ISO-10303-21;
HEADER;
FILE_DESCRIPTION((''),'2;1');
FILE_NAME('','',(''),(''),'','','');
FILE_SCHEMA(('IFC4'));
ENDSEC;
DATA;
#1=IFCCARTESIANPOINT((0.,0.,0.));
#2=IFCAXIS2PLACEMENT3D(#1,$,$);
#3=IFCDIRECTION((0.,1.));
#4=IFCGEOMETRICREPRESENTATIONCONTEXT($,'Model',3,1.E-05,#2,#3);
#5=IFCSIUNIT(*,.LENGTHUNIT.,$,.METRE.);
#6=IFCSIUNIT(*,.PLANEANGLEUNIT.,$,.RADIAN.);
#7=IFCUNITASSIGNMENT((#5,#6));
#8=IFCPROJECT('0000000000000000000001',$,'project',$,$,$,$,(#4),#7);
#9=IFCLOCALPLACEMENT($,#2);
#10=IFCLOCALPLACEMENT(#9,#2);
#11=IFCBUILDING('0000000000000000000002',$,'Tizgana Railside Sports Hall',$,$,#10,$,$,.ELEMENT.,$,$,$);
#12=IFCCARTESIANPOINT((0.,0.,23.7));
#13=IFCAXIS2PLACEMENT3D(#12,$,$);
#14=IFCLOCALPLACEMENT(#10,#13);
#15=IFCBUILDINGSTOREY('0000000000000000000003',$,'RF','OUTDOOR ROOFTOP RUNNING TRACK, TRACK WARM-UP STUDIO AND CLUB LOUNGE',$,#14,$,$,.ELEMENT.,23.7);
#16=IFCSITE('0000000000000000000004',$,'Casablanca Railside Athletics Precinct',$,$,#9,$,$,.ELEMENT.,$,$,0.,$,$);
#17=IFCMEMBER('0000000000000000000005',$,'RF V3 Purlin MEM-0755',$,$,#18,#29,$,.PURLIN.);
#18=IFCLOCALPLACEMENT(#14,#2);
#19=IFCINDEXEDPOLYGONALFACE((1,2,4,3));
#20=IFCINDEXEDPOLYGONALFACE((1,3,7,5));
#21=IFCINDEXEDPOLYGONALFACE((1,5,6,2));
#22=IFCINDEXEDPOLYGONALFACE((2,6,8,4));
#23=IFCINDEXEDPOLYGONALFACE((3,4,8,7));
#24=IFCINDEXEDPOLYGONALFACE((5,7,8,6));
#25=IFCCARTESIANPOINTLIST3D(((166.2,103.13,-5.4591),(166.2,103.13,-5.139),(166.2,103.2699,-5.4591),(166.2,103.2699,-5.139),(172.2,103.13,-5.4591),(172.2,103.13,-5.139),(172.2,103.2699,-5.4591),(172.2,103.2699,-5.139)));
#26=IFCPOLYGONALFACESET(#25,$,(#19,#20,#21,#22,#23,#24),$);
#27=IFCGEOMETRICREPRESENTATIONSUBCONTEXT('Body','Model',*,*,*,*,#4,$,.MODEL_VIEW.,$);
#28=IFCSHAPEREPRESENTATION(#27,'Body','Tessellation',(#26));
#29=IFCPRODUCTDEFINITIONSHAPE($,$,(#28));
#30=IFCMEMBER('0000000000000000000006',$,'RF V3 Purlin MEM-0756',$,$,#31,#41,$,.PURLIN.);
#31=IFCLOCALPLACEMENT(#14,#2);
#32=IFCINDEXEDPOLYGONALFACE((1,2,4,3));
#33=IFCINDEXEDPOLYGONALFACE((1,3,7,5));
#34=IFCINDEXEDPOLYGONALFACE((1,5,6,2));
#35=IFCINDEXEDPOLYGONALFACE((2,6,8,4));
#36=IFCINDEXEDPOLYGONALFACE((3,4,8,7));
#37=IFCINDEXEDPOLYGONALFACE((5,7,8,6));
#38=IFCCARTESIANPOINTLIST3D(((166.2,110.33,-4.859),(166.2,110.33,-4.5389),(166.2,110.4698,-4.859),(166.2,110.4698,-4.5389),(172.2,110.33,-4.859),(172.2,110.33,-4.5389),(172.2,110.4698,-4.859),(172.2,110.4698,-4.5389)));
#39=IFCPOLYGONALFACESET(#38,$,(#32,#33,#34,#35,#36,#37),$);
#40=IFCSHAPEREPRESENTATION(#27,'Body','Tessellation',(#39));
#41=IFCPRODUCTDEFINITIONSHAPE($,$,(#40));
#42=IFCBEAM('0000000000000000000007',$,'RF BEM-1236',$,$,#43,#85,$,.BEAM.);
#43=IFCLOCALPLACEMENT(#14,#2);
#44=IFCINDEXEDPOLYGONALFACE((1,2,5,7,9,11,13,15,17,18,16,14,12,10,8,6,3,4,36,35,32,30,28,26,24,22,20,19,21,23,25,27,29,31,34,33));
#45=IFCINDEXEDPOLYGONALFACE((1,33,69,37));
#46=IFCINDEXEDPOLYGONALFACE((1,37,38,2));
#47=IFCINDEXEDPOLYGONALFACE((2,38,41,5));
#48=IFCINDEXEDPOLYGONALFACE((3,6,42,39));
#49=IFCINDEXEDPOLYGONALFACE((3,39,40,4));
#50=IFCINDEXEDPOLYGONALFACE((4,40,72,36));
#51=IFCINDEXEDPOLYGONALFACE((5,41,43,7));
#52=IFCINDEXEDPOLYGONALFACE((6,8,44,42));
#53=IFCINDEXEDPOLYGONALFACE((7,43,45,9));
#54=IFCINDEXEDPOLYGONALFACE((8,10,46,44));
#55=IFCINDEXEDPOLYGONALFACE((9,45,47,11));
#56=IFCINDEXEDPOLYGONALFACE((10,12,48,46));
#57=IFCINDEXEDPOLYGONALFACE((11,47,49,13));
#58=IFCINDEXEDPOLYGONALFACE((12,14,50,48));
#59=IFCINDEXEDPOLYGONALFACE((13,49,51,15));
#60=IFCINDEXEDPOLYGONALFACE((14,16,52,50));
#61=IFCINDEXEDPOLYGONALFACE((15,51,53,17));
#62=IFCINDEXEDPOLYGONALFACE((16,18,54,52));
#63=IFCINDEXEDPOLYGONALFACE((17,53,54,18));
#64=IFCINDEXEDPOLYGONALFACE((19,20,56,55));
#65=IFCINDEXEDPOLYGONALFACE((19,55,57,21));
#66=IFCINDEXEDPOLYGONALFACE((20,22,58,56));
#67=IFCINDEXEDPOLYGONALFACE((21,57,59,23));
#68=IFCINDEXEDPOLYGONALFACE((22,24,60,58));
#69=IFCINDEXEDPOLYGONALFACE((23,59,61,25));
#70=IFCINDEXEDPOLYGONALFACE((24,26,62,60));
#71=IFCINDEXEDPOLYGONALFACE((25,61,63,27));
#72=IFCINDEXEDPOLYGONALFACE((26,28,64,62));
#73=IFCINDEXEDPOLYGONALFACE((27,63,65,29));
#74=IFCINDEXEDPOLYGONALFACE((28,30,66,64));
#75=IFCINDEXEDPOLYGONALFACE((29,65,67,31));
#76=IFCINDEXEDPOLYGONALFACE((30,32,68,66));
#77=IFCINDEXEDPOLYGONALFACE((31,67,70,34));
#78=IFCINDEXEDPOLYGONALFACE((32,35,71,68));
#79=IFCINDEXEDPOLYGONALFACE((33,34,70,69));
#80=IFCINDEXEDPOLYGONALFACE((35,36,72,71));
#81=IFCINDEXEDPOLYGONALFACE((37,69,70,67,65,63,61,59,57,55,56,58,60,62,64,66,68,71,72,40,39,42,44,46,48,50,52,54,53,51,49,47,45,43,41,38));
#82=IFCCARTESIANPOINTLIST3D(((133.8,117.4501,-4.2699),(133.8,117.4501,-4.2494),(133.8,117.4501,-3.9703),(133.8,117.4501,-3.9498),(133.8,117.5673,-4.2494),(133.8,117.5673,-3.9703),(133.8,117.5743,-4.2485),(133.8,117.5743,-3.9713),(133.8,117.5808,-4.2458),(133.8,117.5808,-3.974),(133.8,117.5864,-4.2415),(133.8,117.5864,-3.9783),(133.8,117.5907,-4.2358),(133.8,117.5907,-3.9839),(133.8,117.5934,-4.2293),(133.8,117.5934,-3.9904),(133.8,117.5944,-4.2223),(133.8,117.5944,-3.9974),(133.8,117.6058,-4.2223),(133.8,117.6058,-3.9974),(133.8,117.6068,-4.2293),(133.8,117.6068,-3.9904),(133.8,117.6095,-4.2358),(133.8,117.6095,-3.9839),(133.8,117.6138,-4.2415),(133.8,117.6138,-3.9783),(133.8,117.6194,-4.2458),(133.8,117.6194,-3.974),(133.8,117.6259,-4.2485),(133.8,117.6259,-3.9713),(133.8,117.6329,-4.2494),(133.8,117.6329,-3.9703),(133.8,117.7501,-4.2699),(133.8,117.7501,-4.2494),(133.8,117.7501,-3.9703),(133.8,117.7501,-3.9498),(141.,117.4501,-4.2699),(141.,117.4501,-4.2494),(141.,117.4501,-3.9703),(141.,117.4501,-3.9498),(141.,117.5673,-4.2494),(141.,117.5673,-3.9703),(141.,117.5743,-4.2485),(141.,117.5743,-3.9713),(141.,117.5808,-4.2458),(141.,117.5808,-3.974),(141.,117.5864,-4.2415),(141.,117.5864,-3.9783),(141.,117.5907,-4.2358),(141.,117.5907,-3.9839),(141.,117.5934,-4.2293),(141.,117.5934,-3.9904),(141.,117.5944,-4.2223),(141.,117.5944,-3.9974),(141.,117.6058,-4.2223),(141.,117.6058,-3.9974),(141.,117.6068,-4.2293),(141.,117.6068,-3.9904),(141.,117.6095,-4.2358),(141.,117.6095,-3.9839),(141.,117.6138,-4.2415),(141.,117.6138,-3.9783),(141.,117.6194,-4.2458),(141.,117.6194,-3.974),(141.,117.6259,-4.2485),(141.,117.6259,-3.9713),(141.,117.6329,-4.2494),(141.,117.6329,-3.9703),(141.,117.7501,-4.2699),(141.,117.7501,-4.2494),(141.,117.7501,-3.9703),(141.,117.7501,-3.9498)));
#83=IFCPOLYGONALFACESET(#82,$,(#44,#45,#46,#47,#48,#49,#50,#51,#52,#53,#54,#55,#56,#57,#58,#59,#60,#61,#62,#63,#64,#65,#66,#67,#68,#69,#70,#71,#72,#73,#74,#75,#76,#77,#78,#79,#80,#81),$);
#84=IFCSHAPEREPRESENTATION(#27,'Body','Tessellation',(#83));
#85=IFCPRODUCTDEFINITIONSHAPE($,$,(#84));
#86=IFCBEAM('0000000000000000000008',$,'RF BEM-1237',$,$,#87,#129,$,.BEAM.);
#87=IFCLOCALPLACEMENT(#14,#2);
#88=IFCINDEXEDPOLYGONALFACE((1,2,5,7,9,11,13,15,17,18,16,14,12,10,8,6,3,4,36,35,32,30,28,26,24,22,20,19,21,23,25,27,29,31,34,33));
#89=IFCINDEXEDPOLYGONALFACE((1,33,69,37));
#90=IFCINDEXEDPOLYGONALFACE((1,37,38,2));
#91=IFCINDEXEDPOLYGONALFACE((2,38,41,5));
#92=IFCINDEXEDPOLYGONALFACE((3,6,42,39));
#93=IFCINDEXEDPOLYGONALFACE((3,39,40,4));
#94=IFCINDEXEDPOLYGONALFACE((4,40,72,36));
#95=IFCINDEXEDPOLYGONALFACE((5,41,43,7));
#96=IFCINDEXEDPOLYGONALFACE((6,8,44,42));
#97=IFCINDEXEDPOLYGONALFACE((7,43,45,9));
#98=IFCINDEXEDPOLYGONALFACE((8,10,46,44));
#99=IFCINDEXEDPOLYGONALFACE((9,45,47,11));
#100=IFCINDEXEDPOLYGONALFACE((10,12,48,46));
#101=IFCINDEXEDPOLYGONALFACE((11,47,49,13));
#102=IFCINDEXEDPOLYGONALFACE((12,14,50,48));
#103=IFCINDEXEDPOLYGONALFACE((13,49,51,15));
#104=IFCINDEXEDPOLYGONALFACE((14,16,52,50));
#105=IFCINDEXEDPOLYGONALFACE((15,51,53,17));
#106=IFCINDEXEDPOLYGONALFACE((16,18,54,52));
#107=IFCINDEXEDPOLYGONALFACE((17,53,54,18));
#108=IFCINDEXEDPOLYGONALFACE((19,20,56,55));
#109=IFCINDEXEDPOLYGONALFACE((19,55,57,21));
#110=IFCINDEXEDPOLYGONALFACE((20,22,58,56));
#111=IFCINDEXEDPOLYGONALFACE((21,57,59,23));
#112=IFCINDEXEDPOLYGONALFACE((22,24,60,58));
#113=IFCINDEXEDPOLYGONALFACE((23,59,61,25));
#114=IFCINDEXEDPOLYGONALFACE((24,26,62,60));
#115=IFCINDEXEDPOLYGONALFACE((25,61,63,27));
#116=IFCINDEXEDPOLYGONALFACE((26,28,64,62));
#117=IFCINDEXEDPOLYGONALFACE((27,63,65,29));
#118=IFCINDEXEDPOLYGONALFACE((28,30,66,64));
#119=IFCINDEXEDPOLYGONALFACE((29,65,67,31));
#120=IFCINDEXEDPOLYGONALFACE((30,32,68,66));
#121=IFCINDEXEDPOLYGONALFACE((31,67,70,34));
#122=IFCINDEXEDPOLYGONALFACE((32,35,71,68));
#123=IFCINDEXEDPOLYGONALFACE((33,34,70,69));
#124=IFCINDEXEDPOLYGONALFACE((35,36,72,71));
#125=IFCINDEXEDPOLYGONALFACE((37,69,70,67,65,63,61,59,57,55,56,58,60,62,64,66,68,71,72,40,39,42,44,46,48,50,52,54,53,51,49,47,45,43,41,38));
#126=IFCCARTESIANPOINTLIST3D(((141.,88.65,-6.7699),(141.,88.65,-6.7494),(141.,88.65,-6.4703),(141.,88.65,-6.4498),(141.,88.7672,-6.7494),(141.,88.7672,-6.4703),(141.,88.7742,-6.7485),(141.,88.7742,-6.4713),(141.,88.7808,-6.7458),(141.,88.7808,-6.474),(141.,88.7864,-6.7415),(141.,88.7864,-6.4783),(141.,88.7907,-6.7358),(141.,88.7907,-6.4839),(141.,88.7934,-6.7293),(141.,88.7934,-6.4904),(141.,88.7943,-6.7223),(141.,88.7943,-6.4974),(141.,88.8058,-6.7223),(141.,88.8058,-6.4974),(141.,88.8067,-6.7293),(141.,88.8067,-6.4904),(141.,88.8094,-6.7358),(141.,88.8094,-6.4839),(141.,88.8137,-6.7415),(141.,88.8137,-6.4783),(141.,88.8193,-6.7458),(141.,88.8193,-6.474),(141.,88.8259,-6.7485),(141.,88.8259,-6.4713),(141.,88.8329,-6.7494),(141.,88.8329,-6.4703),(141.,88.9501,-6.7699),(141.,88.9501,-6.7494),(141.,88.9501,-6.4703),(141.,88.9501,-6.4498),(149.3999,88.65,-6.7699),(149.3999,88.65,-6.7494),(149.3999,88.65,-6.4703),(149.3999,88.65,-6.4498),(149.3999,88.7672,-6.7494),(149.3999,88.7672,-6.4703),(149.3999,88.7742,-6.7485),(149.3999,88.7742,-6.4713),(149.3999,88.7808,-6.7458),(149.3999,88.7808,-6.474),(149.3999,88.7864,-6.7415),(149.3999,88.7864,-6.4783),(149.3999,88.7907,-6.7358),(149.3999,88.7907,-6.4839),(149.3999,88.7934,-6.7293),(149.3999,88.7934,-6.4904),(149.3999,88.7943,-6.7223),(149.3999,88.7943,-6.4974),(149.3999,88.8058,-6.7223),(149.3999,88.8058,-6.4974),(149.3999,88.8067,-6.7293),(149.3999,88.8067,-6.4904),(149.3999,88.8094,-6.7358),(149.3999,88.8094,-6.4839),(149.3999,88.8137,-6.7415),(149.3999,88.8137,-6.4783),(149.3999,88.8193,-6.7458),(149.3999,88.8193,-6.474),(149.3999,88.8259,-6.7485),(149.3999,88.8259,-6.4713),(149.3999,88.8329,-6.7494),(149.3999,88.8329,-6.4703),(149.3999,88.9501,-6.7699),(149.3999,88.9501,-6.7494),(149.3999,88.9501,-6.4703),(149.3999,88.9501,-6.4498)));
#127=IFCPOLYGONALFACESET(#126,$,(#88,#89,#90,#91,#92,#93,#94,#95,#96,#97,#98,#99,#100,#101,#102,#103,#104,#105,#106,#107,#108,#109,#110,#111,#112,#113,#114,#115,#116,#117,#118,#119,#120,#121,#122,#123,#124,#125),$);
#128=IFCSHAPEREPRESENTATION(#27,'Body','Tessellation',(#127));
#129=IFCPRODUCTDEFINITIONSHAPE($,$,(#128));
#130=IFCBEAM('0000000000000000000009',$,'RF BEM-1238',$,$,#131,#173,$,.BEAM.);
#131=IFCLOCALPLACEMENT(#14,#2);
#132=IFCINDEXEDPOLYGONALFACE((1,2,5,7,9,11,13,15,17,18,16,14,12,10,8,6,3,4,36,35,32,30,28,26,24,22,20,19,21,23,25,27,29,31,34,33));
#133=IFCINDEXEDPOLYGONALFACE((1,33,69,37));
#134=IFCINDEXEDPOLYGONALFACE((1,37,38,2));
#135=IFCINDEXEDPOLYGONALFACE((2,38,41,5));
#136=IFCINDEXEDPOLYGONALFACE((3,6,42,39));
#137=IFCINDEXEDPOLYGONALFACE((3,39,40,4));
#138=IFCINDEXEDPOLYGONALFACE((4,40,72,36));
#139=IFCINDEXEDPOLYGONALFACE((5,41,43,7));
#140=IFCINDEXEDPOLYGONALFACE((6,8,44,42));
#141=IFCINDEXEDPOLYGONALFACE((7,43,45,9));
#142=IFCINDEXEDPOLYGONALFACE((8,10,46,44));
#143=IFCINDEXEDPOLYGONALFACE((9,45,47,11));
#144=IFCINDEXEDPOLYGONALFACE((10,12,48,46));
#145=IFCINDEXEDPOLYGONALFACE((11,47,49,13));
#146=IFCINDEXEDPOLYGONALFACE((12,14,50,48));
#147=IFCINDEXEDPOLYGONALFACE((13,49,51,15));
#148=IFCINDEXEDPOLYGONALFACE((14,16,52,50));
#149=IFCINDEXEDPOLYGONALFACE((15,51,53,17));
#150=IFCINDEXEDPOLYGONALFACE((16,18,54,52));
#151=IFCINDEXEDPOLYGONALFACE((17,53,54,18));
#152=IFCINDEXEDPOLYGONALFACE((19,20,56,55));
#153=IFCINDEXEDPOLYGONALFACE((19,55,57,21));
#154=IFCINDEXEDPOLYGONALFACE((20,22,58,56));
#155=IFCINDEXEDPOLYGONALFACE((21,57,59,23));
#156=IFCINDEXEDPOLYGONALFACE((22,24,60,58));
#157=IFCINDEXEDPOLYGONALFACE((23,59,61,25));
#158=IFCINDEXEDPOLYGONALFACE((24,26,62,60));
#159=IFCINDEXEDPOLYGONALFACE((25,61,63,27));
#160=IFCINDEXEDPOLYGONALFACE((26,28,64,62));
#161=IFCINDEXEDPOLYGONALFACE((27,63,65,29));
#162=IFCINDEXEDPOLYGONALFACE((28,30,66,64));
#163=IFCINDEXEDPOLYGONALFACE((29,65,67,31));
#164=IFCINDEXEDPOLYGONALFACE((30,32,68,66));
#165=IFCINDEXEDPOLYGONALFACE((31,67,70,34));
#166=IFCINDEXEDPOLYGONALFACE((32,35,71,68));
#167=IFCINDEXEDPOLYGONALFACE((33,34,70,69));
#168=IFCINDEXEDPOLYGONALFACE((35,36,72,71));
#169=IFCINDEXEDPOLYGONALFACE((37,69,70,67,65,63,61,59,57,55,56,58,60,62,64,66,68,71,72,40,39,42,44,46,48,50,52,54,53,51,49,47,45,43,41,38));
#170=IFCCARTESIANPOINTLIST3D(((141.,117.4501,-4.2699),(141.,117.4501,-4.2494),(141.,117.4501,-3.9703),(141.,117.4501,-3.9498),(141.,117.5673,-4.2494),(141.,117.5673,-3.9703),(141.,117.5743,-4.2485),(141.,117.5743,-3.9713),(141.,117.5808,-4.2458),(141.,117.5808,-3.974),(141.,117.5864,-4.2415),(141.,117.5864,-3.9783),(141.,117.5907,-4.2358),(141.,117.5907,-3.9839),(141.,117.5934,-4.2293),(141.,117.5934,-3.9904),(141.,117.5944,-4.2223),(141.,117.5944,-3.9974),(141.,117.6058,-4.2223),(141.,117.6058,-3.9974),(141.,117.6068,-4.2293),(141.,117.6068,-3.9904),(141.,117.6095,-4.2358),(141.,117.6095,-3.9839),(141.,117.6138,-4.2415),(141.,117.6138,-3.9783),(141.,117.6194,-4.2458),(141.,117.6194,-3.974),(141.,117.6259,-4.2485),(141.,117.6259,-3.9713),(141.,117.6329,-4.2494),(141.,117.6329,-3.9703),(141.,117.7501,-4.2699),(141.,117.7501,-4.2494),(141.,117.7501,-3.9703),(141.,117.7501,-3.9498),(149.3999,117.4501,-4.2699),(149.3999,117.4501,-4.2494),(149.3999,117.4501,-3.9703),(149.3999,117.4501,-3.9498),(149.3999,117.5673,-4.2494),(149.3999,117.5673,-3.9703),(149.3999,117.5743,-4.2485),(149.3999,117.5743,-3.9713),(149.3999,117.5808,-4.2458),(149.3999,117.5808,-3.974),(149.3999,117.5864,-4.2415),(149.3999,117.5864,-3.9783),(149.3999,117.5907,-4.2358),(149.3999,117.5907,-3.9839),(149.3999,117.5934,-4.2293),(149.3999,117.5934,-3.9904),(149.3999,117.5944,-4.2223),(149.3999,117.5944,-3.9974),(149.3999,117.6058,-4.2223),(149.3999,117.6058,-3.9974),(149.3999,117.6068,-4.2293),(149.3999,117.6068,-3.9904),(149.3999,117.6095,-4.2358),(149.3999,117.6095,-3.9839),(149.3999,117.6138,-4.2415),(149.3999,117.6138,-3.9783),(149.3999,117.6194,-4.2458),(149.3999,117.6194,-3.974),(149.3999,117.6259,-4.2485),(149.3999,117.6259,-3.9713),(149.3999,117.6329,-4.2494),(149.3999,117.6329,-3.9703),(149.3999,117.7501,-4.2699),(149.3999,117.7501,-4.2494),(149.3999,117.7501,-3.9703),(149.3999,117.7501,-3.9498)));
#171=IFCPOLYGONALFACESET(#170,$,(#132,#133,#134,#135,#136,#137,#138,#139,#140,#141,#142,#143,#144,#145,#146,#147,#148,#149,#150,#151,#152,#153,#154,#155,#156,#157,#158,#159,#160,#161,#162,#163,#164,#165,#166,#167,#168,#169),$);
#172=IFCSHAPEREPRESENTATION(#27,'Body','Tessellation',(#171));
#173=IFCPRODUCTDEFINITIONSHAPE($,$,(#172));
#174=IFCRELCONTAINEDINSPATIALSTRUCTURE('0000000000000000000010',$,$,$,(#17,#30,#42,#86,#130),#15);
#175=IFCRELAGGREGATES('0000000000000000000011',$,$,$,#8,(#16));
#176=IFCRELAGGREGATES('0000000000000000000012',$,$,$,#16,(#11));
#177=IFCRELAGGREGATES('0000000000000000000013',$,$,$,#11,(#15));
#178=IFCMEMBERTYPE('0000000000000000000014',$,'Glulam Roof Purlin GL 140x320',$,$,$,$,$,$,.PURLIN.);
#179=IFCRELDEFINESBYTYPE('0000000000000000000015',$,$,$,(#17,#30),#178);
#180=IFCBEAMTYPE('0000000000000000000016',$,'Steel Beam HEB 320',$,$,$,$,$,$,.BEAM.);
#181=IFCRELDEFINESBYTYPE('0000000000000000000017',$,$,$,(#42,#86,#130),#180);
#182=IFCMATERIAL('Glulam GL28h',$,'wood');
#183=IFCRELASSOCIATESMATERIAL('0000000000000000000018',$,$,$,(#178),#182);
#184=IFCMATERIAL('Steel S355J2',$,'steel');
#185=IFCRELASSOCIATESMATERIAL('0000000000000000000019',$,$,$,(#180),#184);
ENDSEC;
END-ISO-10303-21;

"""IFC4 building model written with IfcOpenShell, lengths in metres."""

from ifc_helpers import new_model, si_unit, direction, frame, origin, origin_2d, place, context, subcontext, project, spatial, rectangle, i_section, extrude, material, material_profile, profile_set, type_object, element, save


model = new_model("IFC4")

# Units and contexts
model_context = context("Model", 3, precision=1e-05, world=origin(), true_north=direction((0.0, 1.0)))
body_context = subcontext(model_context, "Body", "Model", "MODEL_VIEW")
ifc_project = project(units=[si_unit("LENGTHUNIT", "METRE"), si_unit("PLANEANGLEUNIT", "RADIAN")], contexts=[model_context])

# Site, building, storey
site_placement = place(None, origin())
site = spatial("IfcSite", under=ifc_project, at=site_placement, Name="Casablanca Railside Athletics Precinct", CompositionType="ELEMENT", RefElevation=0.0)
building_placement = place(site_placement, origin())
building = spatial("IfcBuilding", under=site, at=building_placement, Name="Tizgana Railside Sports Hall", CompositionType="ELEMENT")
storey_placement = place(building_placement, frame((0.0, 0.0, 23.7)))
storey = spatial("IfcBuildingStorey", under=building, at=storey_placement, Name="RF", Description="OUTDOOR ROOFTOP RUNNING TRACK, TRACK WARM-UP STUDIO AND CLUB LOUNGE", CompositionType="ELEMENT", Elevation=23.7)

# Members
ifc_material_1 = material(Name="Glulam GL28h", Category="wood")
ifc_material_profile_1 = material_profile(ifc_material_1, rectangle(XDim=0.1399, YDim=0.3201, at=origin_2d()), Name="GL 140x320")
ifc_profile_set_1 = profile_set([ifc_material_profile_1], Name="Glulam GL28h")
member_type_1 = type_object("IfcMemberType", Name="Glulam Roof Purlin GL 140x320", PredefinedType="PURLIN", material=ifc_profile_set_1)
for number, where, z_axis, x_axis, name in (
    (1, (166.2, 103.2, -5.2991), (1.0, 0.0, 0.0), (0.0, 1.0, 0.0), "RF V3 Purlin MEM-0755"),
    (2, (166.2, 110.3999, -4.699), (1.0, 0.0, 0.0), (0.0, 1.0, 0.0), "RF V3 Purlin MEM-0756"),
):
    element("IfcMember", number, at=place(storey_placement, frame(where, z_axis=z_axis, x_axis=x_axis)), inside=storey, type_object=member_type_1, Name=name, PredefinedType="PURLIN", context=body_context, shape_type="SweptSolid", body=[
        extrude(rectangle(XDim=0.1399, YDim=0.3201, at=origin_2d()), origin(), (0.0, 0.0, 1.0), 6.0),
    ])

# Beams
ifc_material_2 = material(Name="Steel S355J2", Category="steel")
ifc_material_profile_2 = material_profile(ifc_material_2, i_section(OverallWidth=0.3, OverallDepth=0.3201, WebThickness=0.0115, FlangeThickness=0.0205, FilletRadius=0.0271, at=origin_2d()), Name="HEB 320")
ifc_profile_set_2 = profile_set([ifc_material_profile_2], Name="Steel S355J2")
beam_type = type_object("IfcBeamType", Name="Steel Beam HEB 320", PredefinedType="BEAM", material=ifc_profile_set_2)
beam_placement = place(storey_placement, frame((133.8, 117.6001, -4.1099), z_axis=(1.0, 0.0, 0.0), x_axis=(0.0, 1.0, 0.0)))
element("IfcBeam", 3, at=beam_placement, inside=storey, type_object=beam_type, Name="RF BEM-1236", PredefinedType="BEAM", context=body_context, shape_type="SweptSolid", body=[
    extrude(i_section(OverallWidth=0.3, OverallDepth=0.3201, WebThickness=0.0115, FlangeThickness=0.0205, FilletRadius=0.0271, at=origin_2d()), origin(), (0.0, 0.0, 1.0), 7.2),
])
for number, where, z_axis, x_axis, name in (
    (4, (141.0, 88.8, -6.6099), (1.0, 0.0, 0.0), (0.0, 1.0, 0.0), "RF BEM-1237"),
    (5, (141.0, 117.6001, -4.1099), (1.0, 0.0, 0.0), (0.0, 1.0, 0.0), "RF BEM-1238"),
):
    element("IfcBeam", number, at=place(storey_placement, frame(where, z_axis=z_axis, x_axis=x_axis)), inside=storey, type_object=beam_type, Name=name, PredefinedType="BEAM", context=body_context, shape_type="SweptSolid", body=[
        extrude(i_section(OverallWidth=0.3, OverallDepth=0.3201, WebThickness=0.0115, FlangeThickness=0.0205, FilletRadius=0.0271, at=origin_2d()), origin(), (0.0, 0.0, 1.0), 8.3999),
    ])

save(model, "model.ifc")
